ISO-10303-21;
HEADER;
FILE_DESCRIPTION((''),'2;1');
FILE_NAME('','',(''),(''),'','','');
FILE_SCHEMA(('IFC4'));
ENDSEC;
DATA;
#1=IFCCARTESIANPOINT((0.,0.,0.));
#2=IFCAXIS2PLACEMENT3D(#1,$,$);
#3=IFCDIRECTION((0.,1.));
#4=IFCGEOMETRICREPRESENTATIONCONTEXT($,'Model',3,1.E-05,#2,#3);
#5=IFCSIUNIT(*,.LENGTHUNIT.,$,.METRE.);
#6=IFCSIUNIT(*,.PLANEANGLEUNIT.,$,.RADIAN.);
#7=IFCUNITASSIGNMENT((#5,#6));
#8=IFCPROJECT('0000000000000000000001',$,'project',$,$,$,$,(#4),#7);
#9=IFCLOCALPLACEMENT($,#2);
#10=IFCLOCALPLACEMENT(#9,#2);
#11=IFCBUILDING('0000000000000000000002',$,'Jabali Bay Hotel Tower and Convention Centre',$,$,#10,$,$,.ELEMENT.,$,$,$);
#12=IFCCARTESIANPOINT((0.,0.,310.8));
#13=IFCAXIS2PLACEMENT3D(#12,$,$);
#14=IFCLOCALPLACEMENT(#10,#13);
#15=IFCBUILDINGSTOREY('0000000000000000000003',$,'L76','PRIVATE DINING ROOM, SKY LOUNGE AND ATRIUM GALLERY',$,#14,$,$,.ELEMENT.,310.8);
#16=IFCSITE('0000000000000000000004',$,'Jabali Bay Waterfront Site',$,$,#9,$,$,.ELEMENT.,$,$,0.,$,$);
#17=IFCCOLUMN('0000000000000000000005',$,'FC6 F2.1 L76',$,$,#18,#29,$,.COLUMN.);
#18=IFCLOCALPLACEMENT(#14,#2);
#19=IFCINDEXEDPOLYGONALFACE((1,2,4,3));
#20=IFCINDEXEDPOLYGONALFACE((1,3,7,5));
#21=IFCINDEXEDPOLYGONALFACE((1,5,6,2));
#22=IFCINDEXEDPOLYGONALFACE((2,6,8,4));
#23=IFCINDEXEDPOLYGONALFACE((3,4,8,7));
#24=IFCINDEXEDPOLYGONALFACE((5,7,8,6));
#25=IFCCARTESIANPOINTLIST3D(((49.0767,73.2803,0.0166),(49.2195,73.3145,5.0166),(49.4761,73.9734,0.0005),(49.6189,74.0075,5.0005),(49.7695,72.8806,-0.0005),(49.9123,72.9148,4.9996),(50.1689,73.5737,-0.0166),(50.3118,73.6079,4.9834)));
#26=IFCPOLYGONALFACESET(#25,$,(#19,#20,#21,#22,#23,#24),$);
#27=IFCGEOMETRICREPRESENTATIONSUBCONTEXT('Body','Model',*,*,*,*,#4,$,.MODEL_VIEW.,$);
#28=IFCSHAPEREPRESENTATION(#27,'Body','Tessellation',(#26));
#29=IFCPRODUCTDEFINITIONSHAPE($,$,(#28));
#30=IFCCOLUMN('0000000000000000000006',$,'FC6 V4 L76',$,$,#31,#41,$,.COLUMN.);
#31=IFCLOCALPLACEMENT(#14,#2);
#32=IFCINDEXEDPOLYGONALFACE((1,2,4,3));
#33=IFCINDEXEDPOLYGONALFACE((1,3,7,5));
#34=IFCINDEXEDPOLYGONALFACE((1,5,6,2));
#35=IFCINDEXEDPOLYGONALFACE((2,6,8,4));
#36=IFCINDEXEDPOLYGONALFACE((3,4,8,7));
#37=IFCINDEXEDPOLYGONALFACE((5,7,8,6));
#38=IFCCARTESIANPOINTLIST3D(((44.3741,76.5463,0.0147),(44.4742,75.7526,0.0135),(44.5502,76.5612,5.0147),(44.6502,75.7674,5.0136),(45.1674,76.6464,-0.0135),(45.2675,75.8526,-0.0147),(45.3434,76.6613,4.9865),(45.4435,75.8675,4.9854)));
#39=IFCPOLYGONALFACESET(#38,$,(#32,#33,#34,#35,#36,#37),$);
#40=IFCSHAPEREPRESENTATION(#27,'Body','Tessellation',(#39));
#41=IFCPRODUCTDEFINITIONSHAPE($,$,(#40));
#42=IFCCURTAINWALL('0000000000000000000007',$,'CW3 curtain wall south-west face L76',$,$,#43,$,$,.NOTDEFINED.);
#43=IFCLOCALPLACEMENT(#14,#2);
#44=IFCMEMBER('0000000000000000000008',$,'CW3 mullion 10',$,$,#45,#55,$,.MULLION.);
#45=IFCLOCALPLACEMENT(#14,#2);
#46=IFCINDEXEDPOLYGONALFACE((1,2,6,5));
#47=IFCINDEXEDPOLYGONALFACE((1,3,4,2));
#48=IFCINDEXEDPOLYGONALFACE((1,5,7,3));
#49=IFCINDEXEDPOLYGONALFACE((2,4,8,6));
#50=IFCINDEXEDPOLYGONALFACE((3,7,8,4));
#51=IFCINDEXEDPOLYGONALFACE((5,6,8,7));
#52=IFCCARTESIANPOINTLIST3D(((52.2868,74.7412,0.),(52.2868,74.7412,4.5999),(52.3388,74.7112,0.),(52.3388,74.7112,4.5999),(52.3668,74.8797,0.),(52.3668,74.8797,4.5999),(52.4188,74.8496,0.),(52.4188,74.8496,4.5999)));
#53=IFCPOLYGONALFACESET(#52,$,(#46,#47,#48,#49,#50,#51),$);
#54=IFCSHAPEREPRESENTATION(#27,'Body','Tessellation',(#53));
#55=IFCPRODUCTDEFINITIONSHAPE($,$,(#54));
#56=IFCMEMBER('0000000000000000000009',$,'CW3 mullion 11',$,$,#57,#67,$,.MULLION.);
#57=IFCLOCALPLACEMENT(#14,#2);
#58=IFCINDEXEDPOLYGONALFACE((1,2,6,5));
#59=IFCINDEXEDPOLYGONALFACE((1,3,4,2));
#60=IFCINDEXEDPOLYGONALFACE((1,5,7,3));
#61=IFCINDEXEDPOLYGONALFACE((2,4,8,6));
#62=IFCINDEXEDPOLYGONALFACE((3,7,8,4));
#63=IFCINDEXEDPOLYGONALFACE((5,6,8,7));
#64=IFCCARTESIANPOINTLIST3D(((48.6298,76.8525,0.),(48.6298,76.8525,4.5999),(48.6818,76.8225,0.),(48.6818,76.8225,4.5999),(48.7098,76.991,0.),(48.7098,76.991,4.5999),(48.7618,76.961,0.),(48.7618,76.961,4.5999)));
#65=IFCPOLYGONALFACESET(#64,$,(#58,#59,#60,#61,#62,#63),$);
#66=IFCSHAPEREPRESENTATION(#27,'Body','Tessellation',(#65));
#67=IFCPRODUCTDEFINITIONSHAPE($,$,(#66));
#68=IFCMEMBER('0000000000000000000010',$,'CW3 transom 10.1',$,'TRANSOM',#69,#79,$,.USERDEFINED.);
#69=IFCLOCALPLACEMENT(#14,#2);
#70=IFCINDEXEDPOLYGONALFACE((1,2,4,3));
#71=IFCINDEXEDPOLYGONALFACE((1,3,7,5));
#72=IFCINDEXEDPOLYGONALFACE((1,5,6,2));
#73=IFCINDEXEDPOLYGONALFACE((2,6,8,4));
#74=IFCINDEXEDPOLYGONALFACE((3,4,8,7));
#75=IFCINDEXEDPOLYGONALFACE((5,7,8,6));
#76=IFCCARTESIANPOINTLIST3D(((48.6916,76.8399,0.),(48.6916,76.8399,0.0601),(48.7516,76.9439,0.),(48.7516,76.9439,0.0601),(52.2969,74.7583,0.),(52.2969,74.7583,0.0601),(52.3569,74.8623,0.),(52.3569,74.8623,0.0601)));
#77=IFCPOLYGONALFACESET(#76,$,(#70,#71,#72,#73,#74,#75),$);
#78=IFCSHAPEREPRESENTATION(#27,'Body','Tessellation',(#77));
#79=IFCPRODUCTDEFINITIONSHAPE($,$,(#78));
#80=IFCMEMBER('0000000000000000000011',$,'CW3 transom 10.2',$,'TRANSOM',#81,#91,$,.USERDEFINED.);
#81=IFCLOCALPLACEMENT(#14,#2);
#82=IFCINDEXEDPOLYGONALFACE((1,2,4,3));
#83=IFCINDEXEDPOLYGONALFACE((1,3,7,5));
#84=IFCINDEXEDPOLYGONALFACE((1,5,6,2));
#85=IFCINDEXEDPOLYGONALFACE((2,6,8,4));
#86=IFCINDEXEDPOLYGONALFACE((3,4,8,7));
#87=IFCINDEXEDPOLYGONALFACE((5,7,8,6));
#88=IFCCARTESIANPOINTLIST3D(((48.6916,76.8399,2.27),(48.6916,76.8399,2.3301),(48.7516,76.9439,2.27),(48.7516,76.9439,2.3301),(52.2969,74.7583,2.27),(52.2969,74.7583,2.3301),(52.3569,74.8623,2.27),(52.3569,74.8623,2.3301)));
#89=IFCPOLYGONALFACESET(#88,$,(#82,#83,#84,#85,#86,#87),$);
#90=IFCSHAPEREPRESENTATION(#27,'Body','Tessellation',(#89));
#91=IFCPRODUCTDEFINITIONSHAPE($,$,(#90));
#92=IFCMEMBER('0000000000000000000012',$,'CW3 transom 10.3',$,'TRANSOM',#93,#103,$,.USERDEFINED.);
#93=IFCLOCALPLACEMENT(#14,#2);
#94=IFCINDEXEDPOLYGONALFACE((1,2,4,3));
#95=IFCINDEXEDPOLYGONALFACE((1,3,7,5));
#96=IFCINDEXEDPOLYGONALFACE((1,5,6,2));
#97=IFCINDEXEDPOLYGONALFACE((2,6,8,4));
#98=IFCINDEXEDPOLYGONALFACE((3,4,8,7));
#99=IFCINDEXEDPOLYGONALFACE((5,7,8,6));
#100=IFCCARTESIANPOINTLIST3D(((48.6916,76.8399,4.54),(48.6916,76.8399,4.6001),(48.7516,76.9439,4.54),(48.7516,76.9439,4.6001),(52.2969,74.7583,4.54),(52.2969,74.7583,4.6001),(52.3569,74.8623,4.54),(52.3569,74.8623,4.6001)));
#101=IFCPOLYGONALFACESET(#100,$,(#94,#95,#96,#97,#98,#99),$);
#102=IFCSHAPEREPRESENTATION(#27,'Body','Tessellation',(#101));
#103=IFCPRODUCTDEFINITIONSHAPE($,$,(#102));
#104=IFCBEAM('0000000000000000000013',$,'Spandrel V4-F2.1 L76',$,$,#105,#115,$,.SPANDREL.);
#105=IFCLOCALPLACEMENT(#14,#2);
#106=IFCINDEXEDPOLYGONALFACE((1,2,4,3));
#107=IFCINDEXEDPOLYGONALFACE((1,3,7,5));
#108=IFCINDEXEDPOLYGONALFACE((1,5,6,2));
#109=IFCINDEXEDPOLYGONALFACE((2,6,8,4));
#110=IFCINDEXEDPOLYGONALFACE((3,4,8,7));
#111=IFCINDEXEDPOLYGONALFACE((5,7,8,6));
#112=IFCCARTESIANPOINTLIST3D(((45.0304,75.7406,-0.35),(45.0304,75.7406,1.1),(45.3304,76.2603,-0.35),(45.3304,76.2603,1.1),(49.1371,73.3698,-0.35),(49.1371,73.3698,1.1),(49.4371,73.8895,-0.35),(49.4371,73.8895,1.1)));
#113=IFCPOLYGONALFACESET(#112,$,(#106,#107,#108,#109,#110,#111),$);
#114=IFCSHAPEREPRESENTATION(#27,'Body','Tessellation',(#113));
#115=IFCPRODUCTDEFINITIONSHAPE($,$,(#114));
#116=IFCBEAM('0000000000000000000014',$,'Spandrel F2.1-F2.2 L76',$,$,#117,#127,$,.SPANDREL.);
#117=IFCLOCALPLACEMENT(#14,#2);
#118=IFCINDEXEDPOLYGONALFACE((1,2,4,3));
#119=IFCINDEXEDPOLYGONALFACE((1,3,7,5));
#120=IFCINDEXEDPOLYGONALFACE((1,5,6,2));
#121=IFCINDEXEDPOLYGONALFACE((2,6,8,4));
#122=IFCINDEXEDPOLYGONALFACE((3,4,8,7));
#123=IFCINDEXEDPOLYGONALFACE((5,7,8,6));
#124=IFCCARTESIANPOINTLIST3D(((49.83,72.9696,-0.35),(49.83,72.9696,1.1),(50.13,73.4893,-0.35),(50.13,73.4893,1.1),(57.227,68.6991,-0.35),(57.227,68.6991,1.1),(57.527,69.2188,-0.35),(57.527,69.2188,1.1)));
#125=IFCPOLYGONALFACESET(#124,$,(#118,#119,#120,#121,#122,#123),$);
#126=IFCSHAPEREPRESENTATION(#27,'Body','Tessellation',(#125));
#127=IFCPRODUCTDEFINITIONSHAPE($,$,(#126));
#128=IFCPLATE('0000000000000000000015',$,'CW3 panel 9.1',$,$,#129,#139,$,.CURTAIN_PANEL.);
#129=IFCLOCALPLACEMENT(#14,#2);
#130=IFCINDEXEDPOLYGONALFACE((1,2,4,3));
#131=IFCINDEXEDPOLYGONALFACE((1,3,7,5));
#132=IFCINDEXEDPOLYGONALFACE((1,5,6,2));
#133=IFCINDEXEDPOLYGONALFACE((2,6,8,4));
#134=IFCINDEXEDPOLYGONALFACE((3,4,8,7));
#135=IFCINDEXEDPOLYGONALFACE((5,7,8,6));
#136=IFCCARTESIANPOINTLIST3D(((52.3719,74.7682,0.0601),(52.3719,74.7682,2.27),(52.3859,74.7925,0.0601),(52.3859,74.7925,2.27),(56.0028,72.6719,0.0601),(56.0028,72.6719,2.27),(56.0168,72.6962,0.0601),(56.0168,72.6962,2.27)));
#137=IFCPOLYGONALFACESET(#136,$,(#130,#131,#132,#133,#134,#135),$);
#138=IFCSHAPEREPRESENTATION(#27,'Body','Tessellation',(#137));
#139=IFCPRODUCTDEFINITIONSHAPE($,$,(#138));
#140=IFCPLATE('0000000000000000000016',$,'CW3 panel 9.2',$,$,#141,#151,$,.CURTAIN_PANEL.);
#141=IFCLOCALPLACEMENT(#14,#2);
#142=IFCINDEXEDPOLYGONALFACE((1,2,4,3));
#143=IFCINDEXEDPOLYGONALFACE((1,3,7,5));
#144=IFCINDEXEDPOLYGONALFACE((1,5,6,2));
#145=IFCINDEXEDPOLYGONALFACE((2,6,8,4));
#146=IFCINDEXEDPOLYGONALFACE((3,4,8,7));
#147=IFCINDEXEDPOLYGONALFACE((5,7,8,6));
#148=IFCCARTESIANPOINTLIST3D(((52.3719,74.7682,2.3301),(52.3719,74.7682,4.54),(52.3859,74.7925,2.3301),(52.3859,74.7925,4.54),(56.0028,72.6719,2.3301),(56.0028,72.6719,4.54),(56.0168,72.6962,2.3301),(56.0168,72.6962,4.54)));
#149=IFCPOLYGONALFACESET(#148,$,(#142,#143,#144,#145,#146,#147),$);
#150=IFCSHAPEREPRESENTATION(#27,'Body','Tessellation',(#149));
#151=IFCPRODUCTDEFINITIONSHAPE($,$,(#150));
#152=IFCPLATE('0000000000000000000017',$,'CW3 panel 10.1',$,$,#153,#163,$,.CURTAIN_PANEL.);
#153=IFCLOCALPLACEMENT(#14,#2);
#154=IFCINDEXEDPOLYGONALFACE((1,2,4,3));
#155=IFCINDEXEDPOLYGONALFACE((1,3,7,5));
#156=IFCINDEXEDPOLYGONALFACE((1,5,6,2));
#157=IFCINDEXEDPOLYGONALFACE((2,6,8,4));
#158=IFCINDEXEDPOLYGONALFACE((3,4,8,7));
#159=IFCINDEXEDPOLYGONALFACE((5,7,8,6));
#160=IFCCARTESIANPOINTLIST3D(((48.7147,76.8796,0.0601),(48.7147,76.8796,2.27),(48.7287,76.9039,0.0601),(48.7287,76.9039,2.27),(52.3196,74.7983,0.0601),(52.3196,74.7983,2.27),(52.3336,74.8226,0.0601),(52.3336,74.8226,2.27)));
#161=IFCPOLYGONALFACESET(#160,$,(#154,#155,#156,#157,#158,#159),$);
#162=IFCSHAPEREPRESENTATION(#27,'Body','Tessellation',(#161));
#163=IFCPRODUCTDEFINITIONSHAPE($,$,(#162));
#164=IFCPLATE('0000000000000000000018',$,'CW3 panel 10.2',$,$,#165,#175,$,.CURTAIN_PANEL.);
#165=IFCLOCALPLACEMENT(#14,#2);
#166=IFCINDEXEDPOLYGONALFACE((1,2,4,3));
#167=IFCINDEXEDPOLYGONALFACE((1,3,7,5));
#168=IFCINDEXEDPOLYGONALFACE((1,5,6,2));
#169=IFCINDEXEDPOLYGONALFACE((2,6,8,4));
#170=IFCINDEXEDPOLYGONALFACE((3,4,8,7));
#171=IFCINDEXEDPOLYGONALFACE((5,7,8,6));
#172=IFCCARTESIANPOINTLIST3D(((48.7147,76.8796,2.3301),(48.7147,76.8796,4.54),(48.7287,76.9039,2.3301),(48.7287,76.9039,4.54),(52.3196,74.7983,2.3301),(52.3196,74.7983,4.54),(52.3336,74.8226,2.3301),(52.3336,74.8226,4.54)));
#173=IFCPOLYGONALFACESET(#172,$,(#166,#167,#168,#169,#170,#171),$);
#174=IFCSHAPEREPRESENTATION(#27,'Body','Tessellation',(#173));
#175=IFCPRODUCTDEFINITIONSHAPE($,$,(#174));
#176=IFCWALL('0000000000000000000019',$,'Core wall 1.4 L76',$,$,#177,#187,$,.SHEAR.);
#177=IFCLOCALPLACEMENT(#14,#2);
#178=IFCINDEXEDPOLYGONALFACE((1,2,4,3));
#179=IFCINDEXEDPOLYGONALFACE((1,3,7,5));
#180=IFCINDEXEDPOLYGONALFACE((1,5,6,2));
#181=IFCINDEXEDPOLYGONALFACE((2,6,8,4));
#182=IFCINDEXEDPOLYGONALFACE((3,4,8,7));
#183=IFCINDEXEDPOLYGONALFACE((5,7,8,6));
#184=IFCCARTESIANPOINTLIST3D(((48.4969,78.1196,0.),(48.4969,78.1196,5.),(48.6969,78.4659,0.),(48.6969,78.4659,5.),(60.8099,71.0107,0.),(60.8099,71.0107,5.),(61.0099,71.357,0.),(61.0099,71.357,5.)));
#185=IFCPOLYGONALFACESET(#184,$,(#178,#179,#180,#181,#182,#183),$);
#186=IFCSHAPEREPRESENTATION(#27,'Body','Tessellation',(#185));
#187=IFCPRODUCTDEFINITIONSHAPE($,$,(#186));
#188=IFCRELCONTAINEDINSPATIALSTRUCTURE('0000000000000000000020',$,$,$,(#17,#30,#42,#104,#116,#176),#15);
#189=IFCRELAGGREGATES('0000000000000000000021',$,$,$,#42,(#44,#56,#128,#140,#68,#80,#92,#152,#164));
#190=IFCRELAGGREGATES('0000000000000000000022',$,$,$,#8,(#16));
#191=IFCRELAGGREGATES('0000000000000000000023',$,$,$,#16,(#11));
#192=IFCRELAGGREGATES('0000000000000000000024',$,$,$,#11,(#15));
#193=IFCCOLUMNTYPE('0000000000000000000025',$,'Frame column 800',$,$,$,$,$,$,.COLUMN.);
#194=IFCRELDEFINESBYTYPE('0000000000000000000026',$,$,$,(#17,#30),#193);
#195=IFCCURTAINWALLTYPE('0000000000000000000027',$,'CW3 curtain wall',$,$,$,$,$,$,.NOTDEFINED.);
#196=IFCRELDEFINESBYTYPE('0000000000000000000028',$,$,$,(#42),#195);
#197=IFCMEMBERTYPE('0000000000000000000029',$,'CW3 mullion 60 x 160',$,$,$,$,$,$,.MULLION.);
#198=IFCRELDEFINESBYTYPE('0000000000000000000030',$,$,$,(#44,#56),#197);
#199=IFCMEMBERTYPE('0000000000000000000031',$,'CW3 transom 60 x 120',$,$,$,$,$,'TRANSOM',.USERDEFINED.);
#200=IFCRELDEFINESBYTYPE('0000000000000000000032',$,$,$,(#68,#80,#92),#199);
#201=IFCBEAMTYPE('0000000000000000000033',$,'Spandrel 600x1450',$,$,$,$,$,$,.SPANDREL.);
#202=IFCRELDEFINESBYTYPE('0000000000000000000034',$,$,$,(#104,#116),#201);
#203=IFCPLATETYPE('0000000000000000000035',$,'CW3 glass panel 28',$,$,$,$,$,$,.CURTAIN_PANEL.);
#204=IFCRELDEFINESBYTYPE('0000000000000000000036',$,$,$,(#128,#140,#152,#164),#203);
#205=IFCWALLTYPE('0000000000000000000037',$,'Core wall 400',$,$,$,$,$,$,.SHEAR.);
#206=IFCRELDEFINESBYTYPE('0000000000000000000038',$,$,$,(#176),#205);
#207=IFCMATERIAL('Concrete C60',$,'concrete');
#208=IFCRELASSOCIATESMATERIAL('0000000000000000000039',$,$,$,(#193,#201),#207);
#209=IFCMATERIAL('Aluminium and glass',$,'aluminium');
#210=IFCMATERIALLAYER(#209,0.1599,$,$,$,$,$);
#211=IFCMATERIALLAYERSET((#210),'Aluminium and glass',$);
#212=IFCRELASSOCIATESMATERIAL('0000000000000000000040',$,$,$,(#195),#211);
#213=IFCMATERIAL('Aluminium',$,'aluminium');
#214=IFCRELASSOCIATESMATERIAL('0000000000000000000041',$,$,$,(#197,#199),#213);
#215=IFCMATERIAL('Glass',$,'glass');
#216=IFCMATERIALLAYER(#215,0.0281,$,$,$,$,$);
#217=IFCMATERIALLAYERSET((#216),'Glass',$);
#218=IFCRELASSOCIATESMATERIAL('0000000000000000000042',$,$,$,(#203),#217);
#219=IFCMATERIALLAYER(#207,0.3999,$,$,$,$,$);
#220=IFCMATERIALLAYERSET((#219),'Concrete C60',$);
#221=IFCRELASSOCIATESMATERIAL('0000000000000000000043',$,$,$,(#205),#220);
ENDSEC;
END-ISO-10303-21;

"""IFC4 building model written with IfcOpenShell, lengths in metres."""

from ifc_helpers import new_model, si_unit, direction, frame, frame_2d, origin, origin_2d, place, context, subcontext, project, spatial, rectangle, extrude, material, layer, layer_set, material_profile, profile_set, type_object, element, aggregate, save


model = new_model("IFC4")

# Units and contexts
model_context = context("Model", 3, precision=1e-05, world=origin(), true_north=direction((0.0, 1.0)))
body_context = subcontext(model_context, "Body", "Model", "MODEL_VIEW")
ifc_project = project(units=[si_unit("LENGTHUNIT", "METRE"), si_unit("PLANEANGLEUNIT", "RADIAN")], contexts=[model_context])

# Site, building, storey
site_placement = place(None, origin())
site = spatial("IfcSite", under=ifc_project, at=site_placement, Name="Jabali Bay Waterfront Site", CompositionType="ELEMENT", RefElevation=0.0)
building_placement = place(site_placement, origin())
building = spatial("IfcBuilding", under=site, at=building_placement, Name="Jabali Bay Hotel Tower and Convention Centre", CompositionType="ELEMENT")
storey_placement = place(building_placement, frame((0.0, 0.0, 310.8)))
storey = spatial("IfcBuildingStorey", under=building, at=storey_placement, Name="L76", Description="PRIVATE DINING ROOM, SKY LOUNGE AND ATRIUM GALLERY", CompositionType="ELEMENT", Elevation=310.8)

# Columns
ifc_material_1 = material(Name="Concrete C60", Category="concrete")
ifc_material_profile_1 = material_profile(ifc_material_1, rectangle(XDim=0.8, YDim=0.8, at=origin_2d()), Name="Frame column 800")
ifc_profile_set_1 = profile_set([ifc_material_profile_1], Name="Concrete C60")
column_type = type_object("IfcColumnType", Name="Frame column 800", PredefinedType="COLUMN", material=ifc_profile_set_1)
column_1_placement = place(storey_placement, frame((49.6228, 73.427, 0.0), z_axis=(0.028552, 0.006833, 0.999569), x_axis=(-0.866002, 0.499587, 0.021322)))
element("IfcColumn", 1, at=column_1_placement, inside=storey, type_object=column_type, Name="FC6 F2.1 L76", PredefinedType="COLUMN", context=body_context, shape_type="SweptSolid", body=[
    extrude(rectangle(XDim=0.8, YDim=0.8, at=origin_2d()), origin(), (0.0, 0.0, 1.0), 5.0022),
])
column_2_placement = place(storey_placement, frame((44.8208, 76.1995, 0.0), z_axis=(0.035183, 0.002977, 0.999376), x_axis=(-0.125096, 0.992144, 0.001449)))
element("IfcColumn", 2, at=column_2_placement, inside=storey, type_object=column_type, Name="FC6 V4 L76", PredefinedType="COLUMN", context=body_context, shape_type="SweptSolid", body=[
    extrude(rectangle(XDim=0.8, YDim=0.8, at=origin_2d()), origin(), (0.0, 0.0, 1.0), 5.0032),
])

# Curtain wall, members
ifc_material_2 = material(Name="Aluminium and glass", Category="aluminium")
ifc_layer_1 = layer(ifc_material_2, 0.1599)
ifc_layer_set_1 = layer_set([ifc_layer_1], Name="Aluminium and glass")
curtain_wall_type = type_object("IfcCurtainWallType", Name="CW3 curtain wall", PredefinedType="NOTDEFINED", material=ifc_layer_set_1)
curtain_wall_placement = place(storey_placement, origin())
curtain_wall = element("IfcCurtainWall", 3, at=curtain_wall_placement, inside=storey, type_object=curtain_wall_type, Name="CW3 curtain wall south-west face L76", PredefinedType="NOTDEFINED")
ifc_material_3 = material(Name="Aluminium", Category="aluminium")
ifc_material_profile_2 = material_profile(ifc_material_3, rectangle(XDim=0.1599, YDim=0.0601, at=origin_2d()), Name="CW3 mullion 60 x 160")
ifc_profile_set_2 = profile_set([ifc_material_profile_2], Name="Aluminium")
member_type_1 = type_object("IfcMemberType", Name="CW3 mullion 60 x 160", PredefinedType="MULLION", material=ifc_profile_set_2)
member_1_placement = place(storey_placement, frame((52.3528, 74.7954, 0.0), z_axis=(0.0, 0.0, 1.0), x_axis=(-0.5, -0.866025, 0.0)))
member_1 = element("IfcMember", 4, at=member_1_placement, type_object=member_type_1, Name="CW3 mullion 10", PredefinedType="MULLION", context=body_context, shape_type="SweptSolid", body=[
    extrude(rectangle(XDim=0.1599, YDim=0.0601, at=origin_2d()), origin(), (0.0, 0.0, 1.0), 4.5999),
])
member_2_placement = place(storey_placement, frame((48.6958, 76.9067, 0.0), z_axis=(0.0, 0.0, 1.0), x_axis=(-0.5, -0.866025, 0.0)))
member_2 = element("IfcMember", 5, at=member_2_placement, type_object=member_type_1, Name="CW3 mullion 11", PredefinedType="MULLION", context=body_context, shape_type="SweptSolid", body=[
    extrude(rectangle(XDim=0.1599, YDim=0.0601, at=origin_2d()), origin(), (0.0, 0.0, 1.0), 4.5999),
])
ifc_material_profile_3 = material_profile(ifc_material_3, rectangle(XDim=0.1201, YDim=0.0601, at=origin_2d()), Name="CW3 transom 60 x 120")
ifc_profile_set_3 = profile_set([ifc_material_profile_3], Name="Aluminium")
member_type_2 = type_object("IfcMemberType", Name="CW3 transom 60 x 120", ElementType="TRANSOM", PredefinedType="USERDEFINED", material=ifc_profile_set_3)
member_3_placement = place(storey_placement, frame((52.3269, 74.8103, 0.03), z_axis=(-0.866019, 0.500012, 0.0), x_axis=(-0.500012, -0.866019, 0.0)))
member_3 = element("IfcMember", 6, at=member_3_placement, type_object=member_type_2, Name="CW3 transom 10.1", ObjectType="TRANSOM", PredefinedType="USERDEFINED", context=body_context, shape_type="SweptSolid", body=[
    extrude(rectangle(XDim=0.1201, YDim=0.0601, at=origin_2d()), origin(), (0.0, 0.0, 1.0), 4.1631),
])
member_4_placement = place(storey_placement, frame((52.3269, 74.8103, 2.3), z_axis=(-0.866019, 0.500012, 0.0), x_axis=(-0.500012, -0.866019, 0.0)))
member_4 = element("IfcMember", 7, at=member_4_placement, type_object=member_type_2, Name="CW3 transom 10.2", ObjectType="TRANSOM", PredefinedType="USERDEFINED", context=body_context, shape_type="SweptSolid", body=[
    extrude(rectangle(XDim=0.1201, YDim=0.0601, at=origin_2d()), origin(), (0.0, 0.0, 1.0), 4.1631),
])
member_5_placement = place(storey_placement, frame((52.3269, 74.8103, 4.5701), z_axis=(-0.866019, 0.500012, 0.0), x_axis=(-0.500012, -0.866019, 0.0)))
member_5 = element("IfcMember", 8, at=member_5_placement, type_object=member_type_2, Name="CW3 transom 10.3", ObjectType="TRANSOM", PredefinedType="USERDEFINED", context=body_context, shape_type="SweptSolid", body=[
    extrude(rectangle(XDim=0.1201, YDim=0.0601, at=origin_2d()), origin(), (0.0, 0.0, 1.0), 4.1631),
])

# Beams
ifc_material_profile_4 = material_profile(ifc_material_1, rectangle(XDim=0.6001, YDim=1.45, at=origin_2d()), Name="Spandrel 600x1450")
ifc_profile_set_4 = profile_set([ifc_material_profile_4], Name="Concrete C60")
beam_type = type_object("IfcBeamType", Name="Spandrel 600x1450", PredefinedType="SPANDREL", material=ifc_profile_set_4)
beam_1_placement = place(storey_placement, frame((45.1804, 76.0005, 0.375), z_axis=(0.866039, -0.499976, 0.0), x_axis=(0.499976, 0.866039, 0.0)))
element("IfcBeam", 9, at=beam_1_placement, inside=storey, type_object=beam_type, Name="Spandrel V4-F2.1 L76", PredefinedType="SPANDREL", context=body_context, shape_type="SweptSolid", body=[
    extrude(rectangle(XDim=0.6001, YDim=1.45, at=origin_2d()), origin(), (0.0, 0.0, 1.0), 4.7419),
])
beam_2_placement = place(storey_placement, frame((49.98, 73.2295, 0.375), z_axis=(0.866032, -0.499988, 0.0), x_axis=(0.499988, 0.866032, 0.0)))
element("IfcBeam", 10, at=beam_2_placement, inside=storey, type_object=beam_type, Name="Spandrel F2.1-F2.2 L76", PredefinedType="SPANDREL", context=body_context, shape_type="SweptSolid", body=[
    extrude(rectangle(XDim=0.6001, YDim=1.45, at=origin_2d()), origin(), (0.0, 0.0, 1.0), 8.5413),
])

# Plates
ifc_material_4 = material(Name="Glass", Category="glass")
ifc_layer_2 = layer(ifc_material_4, 0.0281)
ifc_layer_set_2 = layer_set([ifc_layer_2], Name="Glass")
plate_type = type_object("IfcPlateType", Name="CW3 glass panel 28", PredefinedType="CURTAIN_PANEL", material=ifc_layer_set_2)
plate_1_placement = place(storey_placement, frame((54.1943, 73.7322, 0.0601), z_axis=(0.0, 0.0, 1.0), x_axis=(-0.866025, 0.5, 0.0)))
plate_1 = element("IfcPlate", 11, at=plate_1_placement, type_object=plate_type, Name="CW3 panel 9.1", PredefinedType="CURTAIN_PANEL", context=body_context, shape_type="SweptSolid", body=[
    extrude(rectangle(XDim=4.1926, YDim=0.0281, at=origin_2d()), origin(), (0.0, 0.0, 1.0), 2.21),
])
plate_2_placement = place(storey_placement, frame((54.1943, 73.7322, 2.3301), z_axis=(0.0, 0.0, 1.0), x_axis=(-0.866025, 0.5, 0.0)))
plate_2 = element("IfcPlate", 12, at=plate_2_placement, type_object=plate_type, Name="CW3 panel 9.2", PredefinedType="CURTAIN_PANEL", context=body_context, shape_type="SweptSolid", body=[
    extrude(rectangle(XDim=4.1926, YDim=0.0281, at=origin_2d()), origin(), (0.0, 0.0, 1.0), 2.21),
])
plate_3_placement = place(storey_placement, frame((50.5242, 75.8511, 0.0601), z_axis=(0.0, 0.0, 1.0), x_axis=(-0.866025, 0.5, 0.0)))
plate_3 = element("IfcPlate", 13, at=plate_3_placement, type_object=plate_type, Name="CW3 panel 10.1", PredefinedType="CURTAIN_PANEL", context=body_context, shape_type="SweptSolid", body=[
    extrude(rectangle(XDim=4.1626, YDim=0.0281, at=origin_2d()), origin(), (0.0, 0.0, 1.0), 2.21),
])
plate_4_placement = place(storey_placement, frame((50.5242, 75.8511, 2.3301), z_axis=(0.0, 0.0, 1.0), x_axis=(-0.866025, 0.5, 0.0)))
plate_4 = element("IfcPlate", 14, at=plate_4_placement, type_object=plate_type, Name="CW3 panel 10.2", PredefinedType="CURTAIN_PANEL", context=body_context, shape_type="SweptSolid", body=[
    extrude(rectangle(XDim=4.1626, YDim=0.0281, at=origin_2d()), origin(), (0.0, 0.0, 1.0), 2.21),
])
aggregate(curtain_wall, [member_1, member_2, plate_1, plate_2, member_3, member_4, member_5, plate_3, plate_4])

# Wall
ifc_layer_3 = layer(ifc_material_1, 0.3999)
ifc_layer_set_3 = layer_set([ifc_layer_3], Name="Concrete C60")
wall_type_1 = type_object("IfcWallType", Name="Core wall 400", PredefinedType="SHEAR", material=ifc_layer_set_3)
wall_1_placement = place(storey_placement, frame((48.5969, 78.2927, 0.0), z_axis=(0.0, 0.0, 1.0), x_axis=(0.866026, -0.499999, 0.0)))
element("IfcWall", 15, at=wall_1_placement, inside=storey, type_object=wall_type_1, Name="Core wall 1.4 L76", PredefinedType="SHEAR", context=body_context, shape_type="SweptSolid", body=[
    extrude(rectangle(XDim=14.2178, YDim=0.3999, at=frame_2d((7.1089, 0.0))), origin(), (0.0, 0.0, 1.0), 5.0),
])

save(model, "model.ifc")
